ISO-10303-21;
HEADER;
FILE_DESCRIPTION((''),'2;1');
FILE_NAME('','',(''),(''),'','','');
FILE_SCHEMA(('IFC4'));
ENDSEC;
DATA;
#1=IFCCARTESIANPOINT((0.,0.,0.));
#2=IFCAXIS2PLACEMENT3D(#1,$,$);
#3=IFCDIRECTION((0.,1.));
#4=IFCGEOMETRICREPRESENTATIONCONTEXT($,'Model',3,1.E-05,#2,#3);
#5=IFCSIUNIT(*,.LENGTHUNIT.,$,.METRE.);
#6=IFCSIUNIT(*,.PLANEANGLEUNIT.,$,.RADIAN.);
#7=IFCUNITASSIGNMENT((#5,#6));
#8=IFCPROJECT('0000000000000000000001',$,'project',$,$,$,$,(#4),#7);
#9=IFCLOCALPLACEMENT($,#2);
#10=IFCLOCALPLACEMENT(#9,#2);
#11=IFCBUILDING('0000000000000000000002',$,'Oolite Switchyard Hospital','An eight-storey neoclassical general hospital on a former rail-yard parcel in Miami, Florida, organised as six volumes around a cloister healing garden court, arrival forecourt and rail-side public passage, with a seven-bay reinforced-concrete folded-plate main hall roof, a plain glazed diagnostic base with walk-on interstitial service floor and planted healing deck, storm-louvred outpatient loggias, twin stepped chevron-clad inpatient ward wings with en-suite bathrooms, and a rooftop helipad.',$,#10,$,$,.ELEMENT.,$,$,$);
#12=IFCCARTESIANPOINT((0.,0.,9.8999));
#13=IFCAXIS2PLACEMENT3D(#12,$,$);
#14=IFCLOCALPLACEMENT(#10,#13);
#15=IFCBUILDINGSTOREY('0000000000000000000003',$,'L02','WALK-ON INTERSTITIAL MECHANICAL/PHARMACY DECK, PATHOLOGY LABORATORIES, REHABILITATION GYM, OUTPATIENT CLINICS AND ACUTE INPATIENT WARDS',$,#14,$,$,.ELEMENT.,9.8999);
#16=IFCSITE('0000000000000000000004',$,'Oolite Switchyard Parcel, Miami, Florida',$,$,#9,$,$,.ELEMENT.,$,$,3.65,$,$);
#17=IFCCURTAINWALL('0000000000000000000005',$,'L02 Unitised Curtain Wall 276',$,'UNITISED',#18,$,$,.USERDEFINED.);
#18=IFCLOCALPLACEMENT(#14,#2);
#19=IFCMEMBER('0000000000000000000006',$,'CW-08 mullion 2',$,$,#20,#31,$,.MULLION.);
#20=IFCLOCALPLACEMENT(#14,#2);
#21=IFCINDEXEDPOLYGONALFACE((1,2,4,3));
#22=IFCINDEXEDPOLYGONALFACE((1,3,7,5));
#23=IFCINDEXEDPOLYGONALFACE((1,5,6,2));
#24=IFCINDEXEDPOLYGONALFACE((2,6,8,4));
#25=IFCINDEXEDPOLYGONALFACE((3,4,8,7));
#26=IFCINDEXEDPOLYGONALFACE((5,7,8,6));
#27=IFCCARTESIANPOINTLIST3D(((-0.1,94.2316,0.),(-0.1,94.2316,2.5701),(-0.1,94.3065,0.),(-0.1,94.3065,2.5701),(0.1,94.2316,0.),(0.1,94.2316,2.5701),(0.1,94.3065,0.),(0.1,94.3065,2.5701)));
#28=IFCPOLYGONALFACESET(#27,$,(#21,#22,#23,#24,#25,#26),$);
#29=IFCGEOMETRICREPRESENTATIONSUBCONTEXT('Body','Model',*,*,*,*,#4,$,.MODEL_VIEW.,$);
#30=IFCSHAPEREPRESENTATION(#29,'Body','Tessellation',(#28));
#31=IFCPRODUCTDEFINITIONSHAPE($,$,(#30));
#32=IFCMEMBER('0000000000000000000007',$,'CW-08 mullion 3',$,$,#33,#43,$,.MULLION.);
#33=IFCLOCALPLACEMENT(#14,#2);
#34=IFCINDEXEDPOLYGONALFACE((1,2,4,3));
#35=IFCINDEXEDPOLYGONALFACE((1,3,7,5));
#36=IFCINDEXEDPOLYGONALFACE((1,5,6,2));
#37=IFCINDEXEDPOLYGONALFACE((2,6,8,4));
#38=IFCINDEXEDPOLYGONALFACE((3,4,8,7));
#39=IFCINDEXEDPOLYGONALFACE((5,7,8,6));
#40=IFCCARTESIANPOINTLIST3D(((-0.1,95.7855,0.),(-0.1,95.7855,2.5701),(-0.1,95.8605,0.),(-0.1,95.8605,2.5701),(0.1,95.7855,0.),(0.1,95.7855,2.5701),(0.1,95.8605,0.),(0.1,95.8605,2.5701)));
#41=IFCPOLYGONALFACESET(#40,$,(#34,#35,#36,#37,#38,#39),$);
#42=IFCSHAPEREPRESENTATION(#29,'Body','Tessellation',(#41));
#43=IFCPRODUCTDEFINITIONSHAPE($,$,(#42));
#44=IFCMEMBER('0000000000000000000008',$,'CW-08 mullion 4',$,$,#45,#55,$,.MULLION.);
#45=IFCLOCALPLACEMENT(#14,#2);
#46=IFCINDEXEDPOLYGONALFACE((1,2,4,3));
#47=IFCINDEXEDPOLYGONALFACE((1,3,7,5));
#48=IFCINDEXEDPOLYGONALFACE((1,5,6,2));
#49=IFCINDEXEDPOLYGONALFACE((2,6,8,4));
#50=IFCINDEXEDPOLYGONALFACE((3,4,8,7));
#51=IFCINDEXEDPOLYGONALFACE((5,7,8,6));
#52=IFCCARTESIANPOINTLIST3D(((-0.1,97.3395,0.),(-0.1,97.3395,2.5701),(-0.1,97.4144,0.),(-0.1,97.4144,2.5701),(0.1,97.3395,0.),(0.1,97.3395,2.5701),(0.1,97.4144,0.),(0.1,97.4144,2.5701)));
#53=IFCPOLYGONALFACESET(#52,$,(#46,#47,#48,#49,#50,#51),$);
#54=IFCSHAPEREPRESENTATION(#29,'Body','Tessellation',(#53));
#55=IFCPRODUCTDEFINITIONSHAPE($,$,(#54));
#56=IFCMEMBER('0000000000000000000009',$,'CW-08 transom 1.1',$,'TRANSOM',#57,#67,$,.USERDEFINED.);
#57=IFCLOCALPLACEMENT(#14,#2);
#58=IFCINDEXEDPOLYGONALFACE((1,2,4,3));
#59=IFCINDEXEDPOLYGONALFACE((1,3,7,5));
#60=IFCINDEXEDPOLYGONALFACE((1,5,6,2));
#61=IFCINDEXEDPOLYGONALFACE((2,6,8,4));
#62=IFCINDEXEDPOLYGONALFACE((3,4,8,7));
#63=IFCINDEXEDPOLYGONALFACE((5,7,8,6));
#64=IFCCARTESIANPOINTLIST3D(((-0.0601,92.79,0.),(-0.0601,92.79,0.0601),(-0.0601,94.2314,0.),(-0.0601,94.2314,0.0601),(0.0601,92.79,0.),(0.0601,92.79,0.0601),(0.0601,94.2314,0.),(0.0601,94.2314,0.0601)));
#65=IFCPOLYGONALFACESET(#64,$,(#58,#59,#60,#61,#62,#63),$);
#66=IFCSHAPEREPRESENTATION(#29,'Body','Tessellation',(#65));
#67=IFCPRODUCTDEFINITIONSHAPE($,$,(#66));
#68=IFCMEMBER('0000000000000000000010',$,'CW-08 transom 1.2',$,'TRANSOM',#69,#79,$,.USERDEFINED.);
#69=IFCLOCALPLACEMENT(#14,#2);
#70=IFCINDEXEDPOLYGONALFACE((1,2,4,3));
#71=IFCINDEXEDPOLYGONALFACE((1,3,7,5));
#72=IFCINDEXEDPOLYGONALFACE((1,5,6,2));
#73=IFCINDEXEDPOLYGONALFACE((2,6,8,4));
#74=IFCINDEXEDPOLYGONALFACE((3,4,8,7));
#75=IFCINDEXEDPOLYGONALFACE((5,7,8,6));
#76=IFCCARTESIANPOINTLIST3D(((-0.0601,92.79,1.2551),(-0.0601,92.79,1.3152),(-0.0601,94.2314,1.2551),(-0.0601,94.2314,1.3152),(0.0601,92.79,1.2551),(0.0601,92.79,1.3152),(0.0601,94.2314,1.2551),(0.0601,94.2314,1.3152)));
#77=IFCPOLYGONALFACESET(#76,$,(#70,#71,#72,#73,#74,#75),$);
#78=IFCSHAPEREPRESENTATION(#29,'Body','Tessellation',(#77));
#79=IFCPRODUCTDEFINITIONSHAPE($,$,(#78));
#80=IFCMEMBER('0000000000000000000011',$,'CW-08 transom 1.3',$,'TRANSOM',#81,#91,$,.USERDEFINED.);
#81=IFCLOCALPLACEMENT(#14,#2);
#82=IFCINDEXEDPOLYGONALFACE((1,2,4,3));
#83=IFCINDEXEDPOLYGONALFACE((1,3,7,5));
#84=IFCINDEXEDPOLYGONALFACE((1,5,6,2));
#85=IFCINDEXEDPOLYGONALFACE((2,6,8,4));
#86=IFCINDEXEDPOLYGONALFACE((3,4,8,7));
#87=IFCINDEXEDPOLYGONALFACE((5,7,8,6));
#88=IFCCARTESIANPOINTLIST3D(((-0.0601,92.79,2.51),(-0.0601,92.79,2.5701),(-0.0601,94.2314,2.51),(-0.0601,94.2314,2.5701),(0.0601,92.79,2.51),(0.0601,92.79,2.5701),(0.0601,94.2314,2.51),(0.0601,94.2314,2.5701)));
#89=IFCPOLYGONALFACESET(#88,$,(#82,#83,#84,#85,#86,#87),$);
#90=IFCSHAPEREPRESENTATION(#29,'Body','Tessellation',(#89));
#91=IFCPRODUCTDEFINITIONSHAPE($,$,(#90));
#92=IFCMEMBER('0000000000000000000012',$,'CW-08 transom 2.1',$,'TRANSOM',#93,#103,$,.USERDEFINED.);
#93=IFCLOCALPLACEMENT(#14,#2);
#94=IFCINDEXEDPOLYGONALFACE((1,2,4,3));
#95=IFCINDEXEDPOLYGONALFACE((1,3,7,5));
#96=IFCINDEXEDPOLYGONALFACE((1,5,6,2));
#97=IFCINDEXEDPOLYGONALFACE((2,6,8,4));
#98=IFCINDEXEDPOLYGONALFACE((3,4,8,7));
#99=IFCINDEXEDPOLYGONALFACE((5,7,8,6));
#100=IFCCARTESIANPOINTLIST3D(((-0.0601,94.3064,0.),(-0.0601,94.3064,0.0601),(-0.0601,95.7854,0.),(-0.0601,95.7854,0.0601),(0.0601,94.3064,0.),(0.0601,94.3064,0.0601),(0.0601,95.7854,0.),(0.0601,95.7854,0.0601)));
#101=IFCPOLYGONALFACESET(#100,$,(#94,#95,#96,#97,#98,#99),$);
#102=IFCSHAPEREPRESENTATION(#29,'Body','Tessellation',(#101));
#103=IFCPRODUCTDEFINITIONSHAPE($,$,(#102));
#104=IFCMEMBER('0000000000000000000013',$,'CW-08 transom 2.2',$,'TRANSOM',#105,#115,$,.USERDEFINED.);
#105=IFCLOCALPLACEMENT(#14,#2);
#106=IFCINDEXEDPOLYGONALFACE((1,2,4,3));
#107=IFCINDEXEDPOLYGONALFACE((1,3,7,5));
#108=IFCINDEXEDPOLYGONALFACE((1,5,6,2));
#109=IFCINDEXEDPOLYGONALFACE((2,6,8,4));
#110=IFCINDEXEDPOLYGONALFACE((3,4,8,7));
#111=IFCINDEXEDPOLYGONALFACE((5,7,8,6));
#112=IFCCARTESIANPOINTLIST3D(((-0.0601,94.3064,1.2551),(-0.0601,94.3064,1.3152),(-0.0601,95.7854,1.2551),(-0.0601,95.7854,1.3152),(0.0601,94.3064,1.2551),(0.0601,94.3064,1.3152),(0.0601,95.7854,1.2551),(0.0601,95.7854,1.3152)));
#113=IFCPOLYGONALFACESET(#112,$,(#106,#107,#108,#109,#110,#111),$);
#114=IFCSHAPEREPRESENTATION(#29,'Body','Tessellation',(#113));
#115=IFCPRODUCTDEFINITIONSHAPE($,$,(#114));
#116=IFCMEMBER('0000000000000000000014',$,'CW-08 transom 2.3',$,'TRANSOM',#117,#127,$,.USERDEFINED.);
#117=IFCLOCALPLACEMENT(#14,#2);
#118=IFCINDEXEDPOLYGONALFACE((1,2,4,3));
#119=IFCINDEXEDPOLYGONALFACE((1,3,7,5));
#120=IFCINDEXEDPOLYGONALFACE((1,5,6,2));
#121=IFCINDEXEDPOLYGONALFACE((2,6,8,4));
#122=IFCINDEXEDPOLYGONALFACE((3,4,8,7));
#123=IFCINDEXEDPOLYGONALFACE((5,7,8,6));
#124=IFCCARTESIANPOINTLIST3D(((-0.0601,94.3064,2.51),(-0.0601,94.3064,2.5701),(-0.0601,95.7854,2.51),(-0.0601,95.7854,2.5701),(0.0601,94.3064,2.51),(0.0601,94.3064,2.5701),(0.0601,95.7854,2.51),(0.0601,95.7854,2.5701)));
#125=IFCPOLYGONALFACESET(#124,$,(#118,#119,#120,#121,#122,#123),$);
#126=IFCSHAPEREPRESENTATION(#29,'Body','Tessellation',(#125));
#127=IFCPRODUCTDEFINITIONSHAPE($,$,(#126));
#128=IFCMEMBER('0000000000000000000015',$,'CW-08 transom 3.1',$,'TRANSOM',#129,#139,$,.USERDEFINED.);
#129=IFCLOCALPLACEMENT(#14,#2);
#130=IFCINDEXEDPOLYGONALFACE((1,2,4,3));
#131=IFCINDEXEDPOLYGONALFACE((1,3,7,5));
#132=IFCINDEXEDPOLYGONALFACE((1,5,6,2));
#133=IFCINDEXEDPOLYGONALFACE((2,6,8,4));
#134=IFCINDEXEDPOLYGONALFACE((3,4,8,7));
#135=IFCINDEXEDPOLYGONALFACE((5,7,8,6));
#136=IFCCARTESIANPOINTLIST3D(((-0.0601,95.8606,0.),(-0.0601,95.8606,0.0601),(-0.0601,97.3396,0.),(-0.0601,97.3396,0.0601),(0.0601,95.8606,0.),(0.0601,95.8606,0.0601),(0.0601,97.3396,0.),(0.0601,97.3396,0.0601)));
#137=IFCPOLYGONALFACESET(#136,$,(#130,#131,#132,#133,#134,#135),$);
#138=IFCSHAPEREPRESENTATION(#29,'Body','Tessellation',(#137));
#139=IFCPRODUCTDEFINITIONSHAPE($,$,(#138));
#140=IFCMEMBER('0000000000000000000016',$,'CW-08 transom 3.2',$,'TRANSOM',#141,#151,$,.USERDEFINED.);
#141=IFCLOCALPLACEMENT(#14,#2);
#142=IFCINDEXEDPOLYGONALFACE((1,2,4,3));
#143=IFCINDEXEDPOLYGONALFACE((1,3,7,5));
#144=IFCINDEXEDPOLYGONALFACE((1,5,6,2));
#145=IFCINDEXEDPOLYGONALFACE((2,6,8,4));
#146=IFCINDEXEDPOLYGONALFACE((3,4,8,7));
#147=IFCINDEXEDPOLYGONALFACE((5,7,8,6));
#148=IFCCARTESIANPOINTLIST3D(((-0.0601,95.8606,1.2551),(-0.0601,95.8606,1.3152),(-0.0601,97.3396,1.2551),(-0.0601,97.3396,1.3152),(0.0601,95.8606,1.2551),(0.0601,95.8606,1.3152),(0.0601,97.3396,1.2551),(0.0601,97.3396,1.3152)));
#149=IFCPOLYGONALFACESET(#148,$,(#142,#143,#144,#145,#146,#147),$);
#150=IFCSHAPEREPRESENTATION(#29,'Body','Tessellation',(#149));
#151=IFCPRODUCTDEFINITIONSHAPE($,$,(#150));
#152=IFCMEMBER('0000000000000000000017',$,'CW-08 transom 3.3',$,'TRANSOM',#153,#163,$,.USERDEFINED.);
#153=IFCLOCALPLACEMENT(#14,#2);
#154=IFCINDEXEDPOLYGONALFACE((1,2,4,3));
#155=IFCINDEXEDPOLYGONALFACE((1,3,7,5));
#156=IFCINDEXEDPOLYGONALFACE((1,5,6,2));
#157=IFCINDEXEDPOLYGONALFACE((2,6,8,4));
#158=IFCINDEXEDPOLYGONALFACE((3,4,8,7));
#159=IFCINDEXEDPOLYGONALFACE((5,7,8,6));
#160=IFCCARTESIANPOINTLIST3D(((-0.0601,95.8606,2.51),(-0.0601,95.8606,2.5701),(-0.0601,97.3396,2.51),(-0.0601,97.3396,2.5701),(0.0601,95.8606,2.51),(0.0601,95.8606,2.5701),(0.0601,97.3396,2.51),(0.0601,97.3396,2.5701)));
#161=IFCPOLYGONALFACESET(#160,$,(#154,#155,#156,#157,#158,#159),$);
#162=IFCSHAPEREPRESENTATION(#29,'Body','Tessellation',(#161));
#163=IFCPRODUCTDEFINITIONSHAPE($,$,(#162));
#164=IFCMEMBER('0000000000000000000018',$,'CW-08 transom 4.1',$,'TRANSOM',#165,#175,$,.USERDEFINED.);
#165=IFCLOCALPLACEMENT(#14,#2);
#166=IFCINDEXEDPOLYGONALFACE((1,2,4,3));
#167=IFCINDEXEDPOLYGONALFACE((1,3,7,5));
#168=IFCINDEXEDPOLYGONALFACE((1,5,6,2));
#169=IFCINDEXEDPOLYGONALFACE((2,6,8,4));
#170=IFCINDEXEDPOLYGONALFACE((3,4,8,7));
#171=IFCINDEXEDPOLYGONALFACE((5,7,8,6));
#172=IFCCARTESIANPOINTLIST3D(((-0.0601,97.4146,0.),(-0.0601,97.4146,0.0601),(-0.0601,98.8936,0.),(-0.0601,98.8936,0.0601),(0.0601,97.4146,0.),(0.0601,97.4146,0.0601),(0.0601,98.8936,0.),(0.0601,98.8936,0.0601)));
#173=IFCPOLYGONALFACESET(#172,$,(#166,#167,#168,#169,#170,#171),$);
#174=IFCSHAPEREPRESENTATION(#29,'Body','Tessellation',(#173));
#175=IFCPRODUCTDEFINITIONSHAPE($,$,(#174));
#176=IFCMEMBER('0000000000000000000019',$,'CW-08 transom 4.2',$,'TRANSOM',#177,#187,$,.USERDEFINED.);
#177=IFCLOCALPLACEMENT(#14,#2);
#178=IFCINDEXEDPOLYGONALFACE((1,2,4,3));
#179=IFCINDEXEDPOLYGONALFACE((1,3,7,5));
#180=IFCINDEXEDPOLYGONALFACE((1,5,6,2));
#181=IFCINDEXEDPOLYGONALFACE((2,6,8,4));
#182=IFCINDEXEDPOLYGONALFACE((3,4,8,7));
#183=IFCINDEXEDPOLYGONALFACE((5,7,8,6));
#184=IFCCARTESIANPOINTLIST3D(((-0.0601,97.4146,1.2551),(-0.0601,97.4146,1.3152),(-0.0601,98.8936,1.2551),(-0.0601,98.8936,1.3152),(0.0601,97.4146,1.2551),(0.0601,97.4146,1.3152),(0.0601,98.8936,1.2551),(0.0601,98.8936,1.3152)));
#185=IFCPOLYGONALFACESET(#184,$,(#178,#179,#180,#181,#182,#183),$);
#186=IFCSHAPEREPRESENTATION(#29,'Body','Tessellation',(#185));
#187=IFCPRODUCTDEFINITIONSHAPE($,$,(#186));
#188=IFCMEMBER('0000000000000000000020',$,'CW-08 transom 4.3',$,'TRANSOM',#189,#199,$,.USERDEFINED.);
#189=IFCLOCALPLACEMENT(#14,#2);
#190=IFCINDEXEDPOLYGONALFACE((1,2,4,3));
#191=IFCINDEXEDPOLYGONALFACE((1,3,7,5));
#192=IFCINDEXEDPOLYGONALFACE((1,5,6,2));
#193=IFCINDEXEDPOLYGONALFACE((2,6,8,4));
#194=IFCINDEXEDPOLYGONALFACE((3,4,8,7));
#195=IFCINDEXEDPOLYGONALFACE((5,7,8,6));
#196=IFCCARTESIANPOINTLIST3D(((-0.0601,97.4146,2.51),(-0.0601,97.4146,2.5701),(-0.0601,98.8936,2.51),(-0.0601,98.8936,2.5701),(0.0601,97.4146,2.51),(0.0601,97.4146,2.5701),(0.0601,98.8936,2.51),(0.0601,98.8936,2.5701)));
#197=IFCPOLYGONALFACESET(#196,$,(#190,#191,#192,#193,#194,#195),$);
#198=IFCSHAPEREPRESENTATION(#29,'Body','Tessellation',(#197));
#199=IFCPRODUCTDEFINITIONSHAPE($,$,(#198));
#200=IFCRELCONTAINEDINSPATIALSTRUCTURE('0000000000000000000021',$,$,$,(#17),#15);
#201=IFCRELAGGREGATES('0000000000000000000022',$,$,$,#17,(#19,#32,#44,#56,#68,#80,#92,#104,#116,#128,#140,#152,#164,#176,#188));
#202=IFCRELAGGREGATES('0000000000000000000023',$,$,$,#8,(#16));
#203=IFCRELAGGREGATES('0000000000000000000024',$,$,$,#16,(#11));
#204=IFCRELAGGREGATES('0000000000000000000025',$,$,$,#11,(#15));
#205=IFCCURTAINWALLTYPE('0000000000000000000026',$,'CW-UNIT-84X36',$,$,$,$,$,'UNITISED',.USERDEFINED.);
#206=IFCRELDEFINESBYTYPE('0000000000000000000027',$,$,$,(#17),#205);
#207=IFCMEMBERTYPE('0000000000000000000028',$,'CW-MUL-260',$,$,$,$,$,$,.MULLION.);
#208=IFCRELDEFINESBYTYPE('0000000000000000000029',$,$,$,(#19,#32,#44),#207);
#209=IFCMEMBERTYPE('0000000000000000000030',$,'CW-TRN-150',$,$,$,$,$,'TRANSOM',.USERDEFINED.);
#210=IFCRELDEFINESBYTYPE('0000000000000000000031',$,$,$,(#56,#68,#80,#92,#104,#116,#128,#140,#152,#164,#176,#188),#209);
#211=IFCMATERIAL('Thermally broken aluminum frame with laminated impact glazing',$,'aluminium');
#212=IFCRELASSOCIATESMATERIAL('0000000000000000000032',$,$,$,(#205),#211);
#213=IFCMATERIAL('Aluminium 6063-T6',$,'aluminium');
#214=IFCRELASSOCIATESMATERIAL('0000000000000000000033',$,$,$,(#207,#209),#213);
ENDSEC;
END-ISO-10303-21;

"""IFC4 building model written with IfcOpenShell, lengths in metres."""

from ifc_helpers import new_model, si_unit, direction, frame, origin, origin_2d, place, context, subcontext, project, spatial, rectangle, extrude, material, material_profile, profile_set, type_object, element, aggregate, save


model = new_model("IFC4")

# Units and contexts
model_context = context("Model", 3, precision=1e-05, world=origin(), true_north=direction((0.0, 1.0)))
body_context = subcontext(model_context, "Body", "Model", "MODEL_VIEW")
ifc_project = project(units=[si_unit("LENGTHUNIT", "METRE"), si_unit("PLANEANGLEUNIT", "RADIAN")], contexts=[model_context])

# Site, building, storey
site_placement = place(None, origin())
site = spatial("IfcSite", under=ifc_project, at=site_placement, Name="Oolite Switchyard Parcel, Miami, Florida", CompositionType="ELEMENT", RefElevation=3.65)
building_placement = place(site_placement, origin())
building = spatial("IfcBuilding", under=site, at=building_placement, Name="Oolite Switchyard Hospital", Description="An eight-storey neoclassical general hospital on a former rail-yard parcel in Miami, Florida, organised as six volumes around a cloister healing garden court, arrival forecourt and rail-side public passage, with a seven-bay reinforced-concrete folded-plate main hall roof, a plain glazed diagnostic base with walk-on interstitial service floor and planted healing deck, storm-louvred outpatient loggias, twin stepped chevron-clad inpatient ward wings with en-suite bathrooms, and a rooftop helipad.", CompositionType="ELEMENT")
storey_placement = place(building_placement, frame((0.0, 0.0, 9.8999)))
storey = spatial("IfcBuildingStorey", under=building, at=storey_placement, Name="L02", Description="WALK-ON INTERSTITIAL MECHANICAL/PHARMACY DECK, PATHOLOGY LABORATORIES, REHABILITATION GYM, OUTPATIENT CLINICS AND ACUTE INPATIENT WARDS", CompositionType="ELEMENT", Elevation=9.8999)

# Curtain wall, members
ifc_material_1 = material(Name="Thermally broken aluminum frame with laminated impact glazing", Category="aluminium")
curtain_wall_type = type_object("IfcCurtainWallType", Name="CW-UNIT-84X36", ElementType="UNITISED", PredefinedType="USERDEFINED", material=ifc_material_1)
curtain_wall_placement = place(storey_placement, origin())
curtain_wall = element("IfcCurtainWall", 1, at=curtain_wall_placement, inside=storey, type_object=curtain_wall_type, Name="L02 Unitised Curtain Wall 276", ObjectType="UNITISED", PredefinedType="USERDEFINED")
ifc_material_2 = material(Name="Aluminium 6063-T6", Category="aluminium")
ifc_material_profile_1 = material_profile(ifc_material_2, rectangle(XDim=0.2, YDim=0.075, at=origin_2d()), Name="CWM75X200")
ifc_profile_set_1 = profile_set([ifc_material_profile_1], Name="Aluminium 6063-T6")
member_type_1 = type_object("IfcMemberType", Name="CW-MUL-260", PredefinedType="MULLION", material=ifc_profile_set_1)
member_1_placement = place(storey_placement, frame((0.0, 94.269, 0.0), z_axis=(0.0, 0.0, 1.0), x_axis=(-1.0, 0.0, 0.0)))
member_1 = element("IfcMember", 2, at=member_1_placement, type_object=member_type_1, Name="CW-08 mullion 2", PredefinedType="MULLION", context=body_context, shape_type="SweptSolid", body=[
    extrude(rectangle(XDim=0.2, YDim=0.075, at=origin_2d()), origin(), (0.0, 0.0, 1.0), 2.5701),
])
member_2_placement = place(storey_placement, frame((0.0, 95.823, 0.0), z_axis=(0.0, 0.0, 1.0), x_axis=(-1.0, 0.0, 0.0)))
member_2 = element("IfcMember", 3, at=member_2_placement, type_object=member_type_1, Name="CW-08 mullion 3", PredefinedType="MULLION", context=body_context, shape_type="SweptSolid", body=[
    extrude(rectangle(XDim=0.2, YDim=0.075, at=origin_2d()), origin(), (0.0, 0.0, 1.0), 2.5701),
])
member_3_placement = place(storey_placement, frame((0.0, 97.377, 0.0), z_axis=(0.0, 0.0, 1.0), x_axis=(-1.0, 0.0, 0.0)))
member_3 = element("IfcMember", 4, at=member_3_placement, type_object=member_type_1, Name="CW-08 mullion 4", PredefinedType="MULLION", context=body_context, shape_type="SweptSolid", body=[
    extrude(rectangle(XDim=0.2, YDim=0.075, at=origin_2d()), origin(), (0.0, 0.0, 1.0), 2.5701),
])
ifc_material_profile_2 = material_profile(ifc_material_2, rectangle(XDim=0.1201, YDim=0.0601, at=origin_2d()), Name="CWT60X120")
ifc_profile_set_2 = profile_set([ifc_material_profile_2], Name="Aluminium 6063-T6")
member_type_2 = type_object("IfcMemberType", Name="CW-TRN-150", ElementType="TRANSOM", PredefinedType="USERDEFINED", material=ifc_profile_set_2)
member_4_placement = place(storey_placement, frame((0.0, 92.79, 0.03), z_axis=(0.0, 1.0, 0.0), x_axis=(-1.0, 0.0, 0.0)))
member_4 = element("IfcMember", 5, at=member_4_placement, type_object=member_type_2, Name="CW-08 transom 1.1", ObjectType="TRANSOM", PredefinedType="USERDEFINED", context=body_context, shape_type="SweptSolid", body=[
    extrude(rectangle(XDim=0.1201, YDim=0.0601, at=origin_2d()), origin(), (0.0, 0.0, 1.0), 1.4414),
])
member_5_placement = place(storey_placement, frame((0.0, 92.79, 1.2852), z_axis=(0.0, 1.0, 0.0), x_axis=(-1.0, 0.0, 0.0)))
member_5 = element("IfcMember", 6, at=member_5_placement, type_object=member_type_2, Name="CW-08 transom 1.2", ObjectType="TRANSOM", PredefinedType="USERDEFINED", context=body_context, shape_type="SweptSolid", body=[
    extrude(rectangle(XDim=0.1201, YDim=0.0601, at=origin_2d()), origin(), (0.0, 0.0, 1.0), 1.4414),
])
member_6_placement = place(storey_placement, frame((0.0, 92.79, 2.54), z_axis=(0.0, 1.0, 0.0), x_axis=(-1.0, 0.0, 0.0)))
member_6 = element("IfcMember", 7, at=member_6_placement, type_object=member_type_2, Name="CW-08 transom 1.3", ObjectType="TRANSOM", PredefinedType="USERDEFINED", context=body_context, shape_type="SweptSolid", body=[
    extrude(rectangle(XDim=0.1201, YDim=0.0601, at=origin_2d()), origin(), (0.0, 0.0, 1.0), 1.4414),
])
member_7_placement = place(storey_placement, frame((0.0, 94.3064, 0.03), z_axis=(0.0, 1.0, 0.0), x_axis=(-1.0, 0.0, 0.0)))
member_7 = element("IfcMember", 8, at=member_7_placement, type_object=member_type_2, Name="CW-08 transom 2.1", ObjectType="TRANSOM", PredefinedType="USERDEFINED", context=body_context, shape_type="SweptSolid", body=[
    extrude(rectangle(XDim=0.1201, YDim=0.0601, at=origin_2d()), origin(), (0.0, 0.0, 1.0), 1.479),
])
member_8_placement = place(storey_placement, frame((0.0, 94.3064, 1.2852), z_axis=(0.0, 1.0, 0.0), x_axis=(-1.0, 0.0, 0.0)))
member_8 = element("IfcMember", 9, at=member_8_placement, type_object=member_type_2, Name="CW-08 transom 2.2", ObjectType="TRANSOM", PredefinedType="USERDEFINED", context=body_context, shape_type="SweptSolid", body=[
    extrude(rectangle(XDim=0.1201, YDim=0.0601, at=origin_2d()), origin(), (0.0, 0.0, 1.0), 1.479),
])
member_9_placement = place(storey_placement, frame((0.0, 94.3064, 2.54), z_axis=(0.0, 1.0, 0.0), x_axis=(-1.0, 0.0, 0.0)))
member_9 = element("IfcMember", 10, at=member_9_placement, type_object=member_type_2, Name="CW-08 transom 2.3", ObjectType="TRANSOM", PredefinedType="USERDEFINED", context=body_context, shape_type="SweptSolid", body=[
    extrude(rectangle(XDim=0.1201, YDim=0.0601, at=origin_2d()), origin(), (0.0, 0.0, 1.0), 1.479),
])
member_10_placement = place(storey_placement, frame((0.0, 95.8606, 0.03), z_axis=(0.0, 1.0, 0.0), x_axis=(-1.0, 0.0, 0.0)))
member_10 = element("IfcMember", 11, at=member_10_placement, type_object=member_type_2, Name="CW-08 transom 3.1", ObjectType="TRANSOM", PredefinedType="USERDEFINED", context=body_context, shape_type="SweptSolid", body=[
    extrude(rectangle(XDim=0.1201, YDim=0.0601, at=origin_2d()), origin(), (0.0, 0.0, 1.0), 1.479),
])
member_11_placement = place(storey_placement, frame((0.0, 95.8606, 1.2852), z_axis=(0.0, 1.0, 0.0), x_axis=(-1.0, 0.0, 0.0)))
member_11 = element("IfcMember", 12, at=member_11_placement, type_object=member_type_2, Name="CW-08 transom 3.2", ObjectType="TRANSOM", PredefinedType="USERDEFINED", context=body_context, shape_type="SweptSolid", body=[
    extrude(rectangle(XDim=0.1201, YDim=0.0601, at=origin_2d()), origin(), (0.0, 0.0, 1.0), 1.479),
])
member_12_placement = place(storey_placement, frame((0.0, 95.8606, 2.54), z_axis=(0.0, 1.0, 0.0), x_axis=(-1.0, 0.0, 0.0)))
member_12 = element("IfcMember", 13, at=member_12_placement, type_object=member_type_2, Name="CW-08 transom 3.3", ObjectType="TRANSOM", PredefinedType="USERDEFINED", context=body_context, shape_type="SweptSolid", body=[
    extrude(rectangle(XDim=0.1201, YDim=0.0601, at=origin_2d()), origin(), (0.0, 0.0, 1.0), 1.479),
])
member_13_placement = place(storey_placement, frame((0.0, 97.4146, 0.03), z_axis=(0.0, 1.0, 0.0), x_axis=(-1.0, 0.0, 0.0)))
member_13 = element("IfcMember", 14, at=member_13_placement, type_object=member_type_2, Name="CW-08 transom 4.1", ObjectType="TRANSOM", PredefinedType="USERDEFINED", context=body_context, shape_type="SweptSolid", body=[
    extrude(rectangle(XDim=0.1201, YDim=0.0601, at=origin_2d()), origin(), (0.0, 0.0, 1.0), 1.479),
])
member_14_placement = place(storey_placement, frame((0.0, 97.4146, 1.2852), z_axis=(0.0, 1.0, 0.0), x_axis=(-1.0, 0.0, 0.0)))
member_14 = element("IfcMember", 15, at=member_14_placement, type_object=member_type_2, Name="CW-08 transom 4.2", ObjectType="TRANSOM", PredefinedType="USERDEFINED", context=body_context, shape_type="SweptSolid", body=[
    extrude(rectangle(XDim=0.1201, YDim=0.0601, at=origin_2d()), origin(), (0.0, 0.0, 1.0), 1.479),
])
member_15_placement = place(storey_placement, frame((0.0, 97.4146, 2.54), z_axis=(0.0, 1.0, 0.0), x_axis=(-1.0, 0.0, 0.0)))
member_15 = element("IfcMember", 16, at=member_15_placement, type_object=member_type_2, Name="CW-08 transom 4.3", ObjectType="TRANSOM", PredefinedType="USERDEFINED", context=body_context, shape_type="SweptSolid", body=[
    extrude(rectangle(XDim=0.1201, YDim=0.0601, at=origin_2d()), origin(), (0.0, 0.0, 1.0), 1.479),
])
aggregate(curtain_wall, [member_1, member_2, member_3, member_4, member_5, member_6, member_7, member_8, member_9, member_10, member_11, member_12, member_13, member_14, member_15])

save(model, "model.ifc")
